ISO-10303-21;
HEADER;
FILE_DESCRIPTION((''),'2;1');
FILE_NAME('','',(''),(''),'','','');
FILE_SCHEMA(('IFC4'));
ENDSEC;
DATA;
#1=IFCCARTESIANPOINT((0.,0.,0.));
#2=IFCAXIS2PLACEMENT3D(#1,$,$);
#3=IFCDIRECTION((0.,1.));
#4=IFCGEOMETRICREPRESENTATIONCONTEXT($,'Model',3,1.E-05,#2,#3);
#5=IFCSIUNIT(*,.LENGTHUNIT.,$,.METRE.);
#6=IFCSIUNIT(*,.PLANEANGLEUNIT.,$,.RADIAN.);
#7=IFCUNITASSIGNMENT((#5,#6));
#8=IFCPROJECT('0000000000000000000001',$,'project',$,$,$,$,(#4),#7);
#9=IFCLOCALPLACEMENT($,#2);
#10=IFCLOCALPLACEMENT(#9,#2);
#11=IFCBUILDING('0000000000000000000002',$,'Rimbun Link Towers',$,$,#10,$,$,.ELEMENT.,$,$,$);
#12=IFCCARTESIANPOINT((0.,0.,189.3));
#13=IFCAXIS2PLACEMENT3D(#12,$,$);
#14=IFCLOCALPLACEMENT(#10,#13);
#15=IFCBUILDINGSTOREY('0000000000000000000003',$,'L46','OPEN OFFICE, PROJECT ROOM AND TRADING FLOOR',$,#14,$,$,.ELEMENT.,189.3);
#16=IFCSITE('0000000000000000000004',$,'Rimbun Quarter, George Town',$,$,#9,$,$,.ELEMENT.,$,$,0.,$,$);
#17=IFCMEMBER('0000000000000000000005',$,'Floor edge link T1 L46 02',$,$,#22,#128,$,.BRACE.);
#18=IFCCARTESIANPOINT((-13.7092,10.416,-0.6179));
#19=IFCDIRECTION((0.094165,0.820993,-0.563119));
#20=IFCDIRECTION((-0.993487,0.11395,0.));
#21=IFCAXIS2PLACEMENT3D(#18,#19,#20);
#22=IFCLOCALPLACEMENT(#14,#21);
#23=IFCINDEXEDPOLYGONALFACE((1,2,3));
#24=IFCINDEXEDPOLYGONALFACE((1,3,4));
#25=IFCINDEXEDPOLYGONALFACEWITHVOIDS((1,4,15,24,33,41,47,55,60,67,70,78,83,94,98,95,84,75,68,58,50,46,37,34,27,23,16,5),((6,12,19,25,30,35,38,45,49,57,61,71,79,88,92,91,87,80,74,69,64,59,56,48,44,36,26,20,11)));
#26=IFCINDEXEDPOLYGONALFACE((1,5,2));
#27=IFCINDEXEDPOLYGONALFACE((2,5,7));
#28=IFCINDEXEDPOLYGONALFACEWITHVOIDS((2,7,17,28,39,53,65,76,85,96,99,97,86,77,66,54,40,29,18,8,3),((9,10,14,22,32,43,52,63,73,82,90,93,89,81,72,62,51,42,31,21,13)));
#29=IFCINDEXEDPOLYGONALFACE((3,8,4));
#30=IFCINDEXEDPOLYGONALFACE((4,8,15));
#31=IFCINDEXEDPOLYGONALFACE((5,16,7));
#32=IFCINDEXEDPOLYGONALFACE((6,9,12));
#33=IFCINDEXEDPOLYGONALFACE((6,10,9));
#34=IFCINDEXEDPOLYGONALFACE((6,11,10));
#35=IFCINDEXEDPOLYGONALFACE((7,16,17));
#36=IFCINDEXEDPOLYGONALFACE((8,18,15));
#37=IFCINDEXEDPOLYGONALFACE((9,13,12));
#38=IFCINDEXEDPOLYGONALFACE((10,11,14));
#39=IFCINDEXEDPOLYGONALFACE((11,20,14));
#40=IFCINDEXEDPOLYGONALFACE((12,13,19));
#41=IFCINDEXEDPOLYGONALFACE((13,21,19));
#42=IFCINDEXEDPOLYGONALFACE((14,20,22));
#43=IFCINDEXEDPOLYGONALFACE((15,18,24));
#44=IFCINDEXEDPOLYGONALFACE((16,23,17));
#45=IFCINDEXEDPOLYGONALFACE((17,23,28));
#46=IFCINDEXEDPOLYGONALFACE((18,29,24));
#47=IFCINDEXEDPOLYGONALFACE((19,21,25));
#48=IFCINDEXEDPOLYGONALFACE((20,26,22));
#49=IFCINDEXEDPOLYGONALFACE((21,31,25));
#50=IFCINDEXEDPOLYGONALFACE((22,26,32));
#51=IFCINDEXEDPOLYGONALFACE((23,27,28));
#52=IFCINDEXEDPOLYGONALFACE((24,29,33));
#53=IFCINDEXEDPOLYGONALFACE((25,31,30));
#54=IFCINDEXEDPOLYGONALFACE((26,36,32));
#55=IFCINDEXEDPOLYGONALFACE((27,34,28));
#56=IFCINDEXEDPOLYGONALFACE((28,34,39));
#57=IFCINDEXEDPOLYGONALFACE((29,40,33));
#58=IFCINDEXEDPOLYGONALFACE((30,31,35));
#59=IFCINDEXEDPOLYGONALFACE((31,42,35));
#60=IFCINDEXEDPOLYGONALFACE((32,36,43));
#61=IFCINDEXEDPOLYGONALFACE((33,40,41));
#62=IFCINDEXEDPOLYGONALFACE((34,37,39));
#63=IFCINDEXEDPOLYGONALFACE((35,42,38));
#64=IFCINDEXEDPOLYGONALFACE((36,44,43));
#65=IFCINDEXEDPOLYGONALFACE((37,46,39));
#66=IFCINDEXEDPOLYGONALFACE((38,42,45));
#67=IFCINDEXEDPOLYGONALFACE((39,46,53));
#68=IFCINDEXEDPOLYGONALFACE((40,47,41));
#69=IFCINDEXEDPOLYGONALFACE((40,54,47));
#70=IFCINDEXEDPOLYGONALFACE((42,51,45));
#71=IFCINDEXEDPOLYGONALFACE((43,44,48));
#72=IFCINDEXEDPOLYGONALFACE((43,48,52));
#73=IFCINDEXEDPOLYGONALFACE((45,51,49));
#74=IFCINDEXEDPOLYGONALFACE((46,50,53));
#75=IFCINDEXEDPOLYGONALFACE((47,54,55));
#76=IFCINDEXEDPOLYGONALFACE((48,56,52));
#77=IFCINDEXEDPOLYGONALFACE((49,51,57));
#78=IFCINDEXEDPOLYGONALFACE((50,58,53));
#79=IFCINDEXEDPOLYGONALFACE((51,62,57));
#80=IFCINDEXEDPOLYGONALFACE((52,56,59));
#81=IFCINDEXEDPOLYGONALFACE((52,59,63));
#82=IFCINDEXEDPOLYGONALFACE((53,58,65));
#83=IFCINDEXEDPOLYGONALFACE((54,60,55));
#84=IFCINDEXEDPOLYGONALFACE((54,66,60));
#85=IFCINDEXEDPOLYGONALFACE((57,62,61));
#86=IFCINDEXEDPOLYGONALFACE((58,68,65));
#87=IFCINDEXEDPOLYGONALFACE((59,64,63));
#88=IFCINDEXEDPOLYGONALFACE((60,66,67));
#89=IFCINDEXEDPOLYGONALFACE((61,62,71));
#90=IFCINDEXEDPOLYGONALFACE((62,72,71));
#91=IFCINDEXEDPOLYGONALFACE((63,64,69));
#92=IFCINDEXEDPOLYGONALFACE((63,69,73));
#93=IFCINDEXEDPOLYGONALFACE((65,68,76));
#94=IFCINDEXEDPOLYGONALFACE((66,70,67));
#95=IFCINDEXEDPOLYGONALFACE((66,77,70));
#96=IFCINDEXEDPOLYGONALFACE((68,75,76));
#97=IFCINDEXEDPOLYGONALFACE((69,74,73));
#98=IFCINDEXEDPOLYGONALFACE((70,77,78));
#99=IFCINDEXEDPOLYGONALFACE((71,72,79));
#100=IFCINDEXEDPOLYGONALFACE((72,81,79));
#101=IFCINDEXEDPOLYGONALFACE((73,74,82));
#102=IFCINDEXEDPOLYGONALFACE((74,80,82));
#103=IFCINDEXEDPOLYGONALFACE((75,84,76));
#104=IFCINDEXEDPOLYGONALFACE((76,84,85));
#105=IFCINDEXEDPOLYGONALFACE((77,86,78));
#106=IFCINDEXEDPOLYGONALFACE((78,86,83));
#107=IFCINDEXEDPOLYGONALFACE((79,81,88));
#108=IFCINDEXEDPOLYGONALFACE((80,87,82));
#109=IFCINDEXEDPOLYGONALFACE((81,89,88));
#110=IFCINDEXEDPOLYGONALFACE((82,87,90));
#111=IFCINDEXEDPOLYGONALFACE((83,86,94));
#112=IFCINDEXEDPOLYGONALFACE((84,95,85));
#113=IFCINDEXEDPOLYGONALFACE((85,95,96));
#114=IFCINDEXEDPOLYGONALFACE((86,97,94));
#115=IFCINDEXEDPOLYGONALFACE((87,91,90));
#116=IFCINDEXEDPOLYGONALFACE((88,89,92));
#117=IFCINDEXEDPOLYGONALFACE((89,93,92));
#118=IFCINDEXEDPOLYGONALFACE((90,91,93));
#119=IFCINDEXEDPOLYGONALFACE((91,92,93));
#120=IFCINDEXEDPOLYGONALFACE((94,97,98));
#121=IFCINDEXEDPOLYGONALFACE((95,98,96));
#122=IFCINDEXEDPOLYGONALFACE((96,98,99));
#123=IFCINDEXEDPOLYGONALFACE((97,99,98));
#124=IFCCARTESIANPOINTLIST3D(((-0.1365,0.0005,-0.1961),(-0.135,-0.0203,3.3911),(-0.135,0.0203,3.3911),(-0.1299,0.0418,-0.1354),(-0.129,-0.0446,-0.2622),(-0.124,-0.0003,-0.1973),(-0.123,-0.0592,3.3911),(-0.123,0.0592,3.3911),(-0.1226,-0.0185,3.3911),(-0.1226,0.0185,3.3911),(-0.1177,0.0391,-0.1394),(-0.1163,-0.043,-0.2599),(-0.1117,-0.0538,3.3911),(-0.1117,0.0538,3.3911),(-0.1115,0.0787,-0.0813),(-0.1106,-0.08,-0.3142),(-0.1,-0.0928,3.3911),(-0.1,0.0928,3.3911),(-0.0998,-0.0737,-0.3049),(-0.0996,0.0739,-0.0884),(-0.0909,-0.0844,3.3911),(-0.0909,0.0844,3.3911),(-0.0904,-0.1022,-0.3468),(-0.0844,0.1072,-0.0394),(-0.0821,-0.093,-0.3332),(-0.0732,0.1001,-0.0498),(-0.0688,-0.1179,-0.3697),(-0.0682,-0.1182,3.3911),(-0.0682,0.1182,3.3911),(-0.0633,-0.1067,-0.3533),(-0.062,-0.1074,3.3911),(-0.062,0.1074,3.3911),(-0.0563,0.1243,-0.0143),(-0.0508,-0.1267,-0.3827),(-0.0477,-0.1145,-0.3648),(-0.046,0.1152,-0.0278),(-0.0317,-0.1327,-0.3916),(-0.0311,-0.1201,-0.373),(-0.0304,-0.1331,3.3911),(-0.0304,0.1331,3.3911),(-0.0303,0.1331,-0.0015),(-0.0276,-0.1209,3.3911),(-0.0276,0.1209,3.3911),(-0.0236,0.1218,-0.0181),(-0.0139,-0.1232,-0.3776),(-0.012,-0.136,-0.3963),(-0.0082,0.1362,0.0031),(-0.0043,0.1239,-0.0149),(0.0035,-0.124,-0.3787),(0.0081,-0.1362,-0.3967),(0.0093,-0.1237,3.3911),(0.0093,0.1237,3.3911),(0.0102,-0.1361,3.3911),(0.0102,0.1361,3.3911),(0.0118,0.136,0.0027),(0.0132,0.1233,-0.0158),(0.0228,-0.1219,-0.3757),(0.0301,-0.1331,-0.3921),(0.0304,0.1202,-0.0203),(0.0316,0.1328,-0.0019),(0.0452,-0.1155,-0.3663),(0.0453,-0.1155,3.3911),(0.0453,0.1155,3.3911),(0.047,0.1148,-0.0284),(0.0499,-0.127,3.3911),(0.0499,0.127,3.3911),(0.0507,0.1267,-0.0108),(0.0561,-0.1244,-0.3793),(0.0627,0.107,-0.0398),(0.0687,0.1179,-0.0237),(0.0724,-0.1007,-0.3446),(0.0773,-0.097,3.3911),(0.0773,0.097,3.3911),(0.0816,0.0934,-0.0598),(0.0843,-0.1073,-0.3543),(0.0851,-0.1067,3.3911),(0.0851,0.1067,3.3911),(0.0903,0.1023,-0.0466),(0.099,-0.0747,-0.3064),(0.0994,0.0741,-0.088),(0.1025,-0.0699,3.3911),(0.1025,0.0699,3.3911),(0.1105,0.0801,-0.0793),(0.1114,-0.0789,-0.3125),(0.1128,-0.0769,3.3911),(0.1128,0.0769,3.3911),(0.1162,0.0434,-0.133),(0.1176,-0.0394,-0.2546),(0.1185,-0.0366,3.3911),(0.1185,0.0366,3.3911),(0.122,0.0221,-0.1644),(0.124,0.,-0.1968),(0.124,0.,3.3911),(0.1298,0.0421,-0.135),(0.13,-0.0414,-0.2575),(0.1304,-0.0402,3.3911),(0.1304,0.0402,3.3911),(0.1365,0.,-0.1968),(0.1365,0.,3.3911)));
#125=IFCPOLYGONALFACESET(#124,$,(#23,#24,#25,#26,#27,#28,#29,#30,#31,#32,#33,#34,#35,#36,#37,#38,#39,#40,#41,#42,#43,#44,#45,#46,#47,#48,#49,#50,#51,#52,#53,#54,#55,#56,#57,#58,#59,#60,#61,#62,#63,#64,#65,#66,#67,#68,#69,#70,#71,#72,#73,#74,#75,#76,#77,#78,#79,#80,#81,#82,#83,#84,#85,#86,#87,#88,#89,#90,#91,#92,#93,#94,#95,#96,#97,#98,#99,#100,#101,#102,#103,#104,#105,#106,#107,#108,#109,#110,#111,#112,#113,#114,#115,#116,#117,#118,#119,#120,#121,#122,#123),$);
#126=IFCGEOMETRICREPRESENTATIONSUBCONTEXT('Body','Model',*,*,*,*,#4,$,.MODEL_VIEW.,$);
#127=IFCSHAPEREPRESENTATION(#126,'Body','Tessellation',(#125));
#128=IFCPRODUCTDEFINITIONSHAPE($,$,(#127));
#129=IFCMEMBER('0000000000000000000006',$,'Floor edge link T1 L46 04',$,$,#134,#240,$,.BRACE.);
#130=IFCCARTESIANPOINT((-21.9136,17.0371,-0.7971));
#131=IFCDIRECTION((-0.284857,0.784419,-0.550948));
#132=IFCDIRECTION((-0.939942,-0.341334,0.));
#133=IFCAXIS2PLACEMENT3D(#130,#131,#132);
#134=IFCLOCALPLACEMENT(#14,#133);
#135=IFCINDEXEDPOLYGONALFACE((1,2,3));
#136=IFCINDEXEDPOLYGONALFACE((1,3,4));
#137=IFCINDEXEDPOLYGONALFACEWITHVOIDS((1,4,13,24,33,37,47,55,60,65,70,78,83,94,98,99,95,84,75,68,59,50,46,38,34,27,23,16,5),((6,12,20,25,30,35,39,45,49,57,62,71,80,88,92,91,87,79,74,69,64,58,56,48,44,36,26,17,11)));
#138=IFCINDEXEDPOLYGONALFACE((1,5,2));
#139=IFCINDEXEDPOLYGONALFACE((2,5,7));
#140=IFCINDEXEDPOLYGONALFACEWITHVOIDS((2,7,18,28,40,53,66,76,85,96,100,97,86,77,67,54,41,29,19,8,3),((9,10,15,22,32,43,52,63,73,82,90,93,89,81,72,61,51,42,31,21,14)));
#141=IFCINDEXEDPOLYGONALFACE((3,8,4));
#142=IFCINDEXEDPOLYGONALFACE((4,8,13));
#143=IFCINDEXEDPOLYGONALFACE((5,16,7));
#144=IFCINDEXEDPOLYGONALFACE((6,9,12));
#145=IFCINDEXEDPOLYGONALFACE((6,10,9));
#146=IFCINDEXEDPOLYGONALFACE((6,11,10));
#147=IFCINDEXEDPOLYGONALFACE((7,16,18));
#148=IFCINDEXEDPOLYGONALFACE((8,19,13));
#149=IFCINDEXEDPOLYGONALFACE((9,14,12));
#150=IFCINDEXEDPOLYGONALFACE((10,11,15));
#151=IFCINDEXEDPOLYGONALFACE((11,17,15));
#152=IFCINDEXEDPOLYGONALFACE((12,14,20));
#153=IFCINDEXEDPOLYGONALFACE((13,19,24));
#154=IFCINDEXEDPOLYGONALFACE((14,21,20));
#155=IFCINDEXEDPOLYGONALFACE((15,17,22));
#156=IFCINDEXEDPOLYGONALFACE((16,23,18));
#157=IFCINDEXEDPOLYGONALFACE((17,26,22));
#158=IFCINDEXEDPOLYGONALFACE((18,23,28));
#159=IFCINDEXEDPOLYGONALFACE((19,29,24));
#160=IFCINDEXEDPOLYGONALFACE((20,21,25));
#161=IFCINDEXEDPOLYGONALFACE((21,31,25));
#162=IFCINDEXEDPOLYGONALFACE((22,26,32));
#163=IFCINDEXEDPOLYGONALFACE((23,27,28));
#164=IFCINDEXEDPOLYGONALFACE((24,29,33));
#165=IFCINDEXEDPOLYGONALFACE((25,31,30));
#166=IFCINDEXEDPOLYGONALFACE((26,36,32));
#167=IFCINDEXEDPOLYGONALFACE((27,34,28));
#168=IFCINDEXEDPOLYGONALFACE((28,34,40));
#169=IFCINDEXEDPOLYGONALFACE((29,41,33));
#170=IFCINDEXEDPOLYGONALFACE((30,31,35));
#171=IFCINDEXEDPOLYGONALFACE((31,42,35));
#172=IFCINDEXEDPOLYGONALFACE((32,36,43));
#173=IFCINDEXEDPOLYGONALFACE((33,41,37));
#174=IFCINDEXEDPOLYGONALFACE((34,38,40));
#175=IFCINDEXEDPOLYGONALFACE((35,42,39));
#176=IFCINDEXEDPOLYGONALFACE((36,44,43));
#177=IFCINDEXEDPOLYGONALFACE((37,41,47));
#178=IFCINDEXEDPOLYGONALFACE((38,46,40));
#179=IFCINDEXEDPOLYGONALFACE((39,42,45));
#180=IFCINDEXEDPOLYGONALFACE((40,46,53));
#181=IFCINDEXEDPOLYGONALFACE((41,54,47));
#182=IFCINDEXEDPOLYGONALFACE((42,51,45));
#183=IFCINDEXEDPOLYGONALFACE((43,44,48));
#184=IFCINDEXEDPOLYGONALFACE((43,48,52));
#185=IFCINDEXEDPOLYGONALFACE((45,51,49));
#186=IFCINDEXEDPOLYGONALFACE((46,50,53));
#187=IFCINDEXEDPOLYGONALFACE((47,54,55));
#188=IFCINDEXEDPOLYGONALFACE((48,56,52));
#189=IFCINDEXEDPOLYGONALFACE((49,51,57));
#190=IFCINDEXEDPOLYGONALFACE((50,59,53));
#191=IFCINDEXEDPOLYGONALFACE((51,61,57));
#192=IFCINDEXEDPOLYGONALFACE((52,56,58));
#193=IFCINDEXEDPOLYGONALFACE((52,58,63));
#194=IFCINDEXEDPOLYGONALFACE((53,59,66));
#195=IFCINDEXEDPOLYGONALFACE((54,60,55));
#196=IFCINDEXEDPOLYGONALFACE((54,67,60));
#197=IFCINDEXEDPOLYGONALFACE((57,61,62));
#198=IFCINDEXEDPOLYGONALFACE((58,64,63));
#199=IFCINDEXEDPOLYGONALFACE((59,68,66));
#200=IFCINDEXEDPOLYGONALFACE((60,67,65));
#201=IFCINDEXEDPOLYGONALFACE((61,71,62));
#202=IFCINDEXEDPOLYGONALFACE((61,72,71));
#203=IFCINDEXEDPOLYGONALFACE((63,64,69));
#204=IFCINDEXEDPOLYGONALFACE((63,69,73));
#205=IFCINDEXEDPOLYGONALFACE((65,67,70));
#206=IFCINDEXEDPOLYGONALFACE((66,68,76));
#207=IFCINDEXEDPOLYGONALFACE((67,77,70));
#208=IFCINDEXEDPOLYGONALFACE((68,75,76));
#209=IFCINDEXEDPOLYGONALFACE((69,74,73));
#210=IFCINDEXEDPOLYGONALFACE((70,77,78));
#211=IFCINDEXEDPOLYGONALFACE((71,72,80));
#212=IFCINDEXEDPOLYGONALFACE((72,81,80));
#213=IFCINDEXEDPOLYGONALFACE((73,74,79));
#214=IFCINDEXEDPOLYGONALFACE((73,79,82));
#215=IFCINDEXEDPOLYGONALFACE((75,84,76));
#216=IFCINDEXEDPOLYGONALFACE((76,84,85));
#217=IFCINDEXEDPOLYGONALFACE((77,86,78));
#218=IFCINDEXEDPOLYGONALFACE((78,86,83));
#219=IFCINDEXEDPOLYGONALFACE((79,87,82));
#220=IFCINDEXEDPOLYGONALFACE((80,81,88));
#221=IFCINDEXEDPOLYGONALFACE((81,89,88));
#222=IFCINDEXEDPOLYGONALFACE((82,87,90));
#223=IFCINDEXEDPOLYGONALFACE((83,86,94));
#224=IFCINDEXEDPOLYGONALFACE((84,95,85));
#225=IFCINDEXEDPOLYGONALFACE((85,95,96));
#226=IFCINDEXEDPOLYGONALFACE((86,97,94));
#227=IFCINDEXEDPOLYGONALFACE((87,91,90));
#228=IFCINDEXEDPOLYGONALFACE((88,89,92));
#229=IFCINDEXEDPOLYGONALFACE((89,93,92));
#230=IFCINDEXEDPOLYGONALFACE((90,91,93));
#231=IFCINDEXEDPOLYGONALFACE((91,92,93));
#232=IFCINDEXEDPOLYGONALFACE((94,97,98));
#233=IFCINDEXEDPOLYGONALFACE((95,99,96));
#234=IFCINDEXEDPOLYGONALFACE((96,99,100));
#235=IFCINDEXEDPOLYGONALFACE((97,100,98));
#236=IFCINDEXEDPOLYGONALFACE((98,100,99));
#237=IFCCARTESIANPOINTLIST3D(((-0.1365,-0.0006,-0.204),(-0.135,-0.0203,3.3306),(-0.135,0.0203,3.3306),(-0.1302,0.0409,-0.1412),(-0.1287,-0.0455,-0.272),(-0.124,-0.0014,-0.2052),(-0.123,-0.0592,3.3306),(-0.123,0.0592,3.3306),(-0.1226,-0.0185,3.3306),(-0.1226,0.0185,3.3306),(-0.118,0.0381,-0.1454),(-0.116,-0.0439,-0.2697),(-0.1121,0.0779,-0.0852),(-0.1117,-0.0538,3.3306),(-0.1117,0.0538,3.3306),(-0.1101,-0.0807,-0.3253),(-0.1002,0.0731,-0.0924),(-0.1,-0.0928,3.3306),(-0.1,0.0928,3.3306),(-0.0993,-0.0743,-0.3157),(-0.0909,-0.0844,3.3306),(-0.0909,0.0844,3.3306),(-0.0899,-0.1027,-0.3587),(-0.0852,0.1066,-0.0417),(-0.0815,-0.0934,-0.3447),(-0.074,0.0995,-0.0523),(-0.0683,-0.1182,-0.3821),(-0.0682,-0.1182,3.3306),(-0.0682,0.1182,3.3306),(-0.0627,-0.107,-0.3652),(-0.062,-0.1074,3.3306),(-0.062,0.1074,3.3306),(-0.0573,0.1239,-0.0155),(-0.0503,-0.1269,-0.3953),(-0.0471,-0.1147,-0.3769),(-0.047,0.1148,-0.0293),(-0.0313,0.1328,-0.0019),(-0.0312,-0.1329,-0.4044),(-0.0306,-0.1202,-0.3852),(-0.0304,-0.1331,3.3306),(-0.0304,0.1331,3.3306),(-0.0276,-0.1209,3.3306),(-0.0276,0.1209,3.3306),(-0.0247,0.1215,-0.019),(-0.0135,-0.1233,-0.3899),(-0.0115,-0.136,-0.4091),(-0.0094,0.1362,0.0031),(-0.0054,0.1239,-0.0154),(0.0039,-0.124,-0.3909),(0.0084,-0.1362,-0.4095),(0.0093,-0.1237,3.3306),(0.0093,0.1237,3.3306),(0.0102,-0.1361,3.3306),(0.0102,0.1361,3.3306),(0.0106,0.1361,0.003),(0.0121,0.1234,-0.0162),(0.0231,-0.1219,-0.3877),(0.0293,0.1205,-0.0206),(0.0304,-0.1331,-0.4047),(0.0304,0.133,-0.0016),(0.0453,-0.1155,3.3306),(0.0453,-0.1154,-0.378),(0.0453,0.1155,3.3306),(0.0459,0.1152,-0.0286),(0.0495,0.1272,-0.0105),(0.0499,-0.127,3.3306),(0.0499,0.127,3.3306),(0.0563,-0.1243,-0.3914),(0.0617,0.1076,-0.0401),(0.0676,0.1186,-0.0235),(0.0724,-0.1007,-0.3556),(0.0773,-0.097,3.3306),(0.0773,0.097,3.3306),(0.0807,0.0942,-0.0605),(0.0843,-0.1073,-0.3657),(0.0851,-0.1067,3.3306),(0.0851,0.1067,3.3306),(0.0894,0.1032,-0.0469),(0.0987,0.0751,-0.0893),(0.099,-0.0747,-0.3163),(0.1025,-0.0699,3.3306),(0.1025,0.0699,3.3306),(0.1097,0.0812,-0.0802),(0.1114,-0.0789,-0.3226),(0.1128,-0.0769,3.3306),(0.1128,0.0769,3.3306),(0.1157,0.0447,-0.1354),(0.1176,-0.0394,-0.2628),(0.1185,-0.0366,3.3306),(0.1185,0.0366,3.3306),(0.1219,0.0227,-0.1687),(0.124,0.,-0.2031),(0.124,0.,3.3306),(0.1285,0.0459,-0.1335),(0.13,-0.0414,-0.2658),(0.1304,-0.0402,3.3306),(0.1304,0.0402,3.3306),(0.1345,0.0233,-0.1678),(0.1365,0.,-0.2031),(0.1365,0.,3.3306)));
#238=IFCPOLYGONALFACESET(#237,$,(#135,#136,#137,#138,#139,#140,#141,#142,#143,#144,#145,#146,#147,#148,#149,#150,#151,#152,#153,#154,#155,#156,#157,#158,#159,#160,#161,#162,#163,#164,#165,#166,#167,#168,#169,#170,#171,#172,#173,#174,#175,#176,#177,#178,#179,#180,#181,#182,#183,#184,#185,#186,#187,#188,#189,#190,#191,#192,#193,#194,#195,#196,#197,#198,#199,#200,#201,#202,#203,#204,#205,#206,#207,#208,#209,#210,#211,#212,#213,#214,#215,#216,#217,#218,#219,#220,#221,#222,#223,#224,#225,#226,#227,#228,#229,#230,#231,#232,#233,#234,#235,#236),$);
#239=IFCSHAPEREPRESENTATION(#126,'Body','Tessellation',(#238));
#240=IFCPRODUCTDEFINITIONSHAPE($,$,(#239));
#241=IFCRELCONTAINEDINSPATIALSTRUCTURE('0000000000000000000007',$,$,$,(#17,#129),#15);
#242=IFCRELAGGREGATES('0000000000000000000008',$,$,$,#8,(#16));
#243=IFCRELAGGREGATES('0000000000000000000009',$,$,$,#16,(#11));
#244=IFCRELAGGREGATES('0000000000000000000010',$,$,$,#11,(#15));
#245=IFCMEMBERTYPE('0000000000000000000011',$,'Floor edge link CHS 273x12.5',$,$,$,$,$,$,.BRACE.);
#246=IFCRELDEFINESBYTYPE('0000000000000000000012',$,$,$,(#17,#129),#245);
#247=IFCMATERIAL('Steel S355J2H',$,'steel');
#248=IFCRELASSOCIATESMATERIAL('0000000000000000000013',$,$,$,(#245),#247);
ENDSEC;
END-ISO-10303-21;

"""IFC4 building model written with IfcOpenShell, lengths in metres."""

from ifc_helpers import new_model, si_unit, direction, frame, origin, origin_2d, place, context, subcontext, project, spatial, hollow_circle, extrude, clip, halfspace, material, material_profile, profile_set, type_object, element, save


model = new_model("IFC4")

# Units and contexts
model_context = context("Model", 3, precision=1e-05, world=origin(), true_north=direction((0.0, 1.0)))
body_context = subcontext(model_context, "Body", "Model", "MODEL_VIEW")
ifc_project = project(units=[si_unit("LENGTHUNIT", "METRE"), si_unit("PLANEANGLEUNIT", "RADIAN")], contexts=[model_context])

# Site, building, storey
site_placement = place(None, origin())
site = spatial("IfcSite", under=ifc_project, at=site_placement, Name="Rimbun Quarter, George Town", CompositionType="ELEMENT", RefElevation=0.0)
building_placement = place(site_placement, origin())
building = spatial("IfcBuilding", under=site, at=building_placement, Name="Rimbun Link Towers", CompositionType="ELEMENT")
storey_placement = place(building_placement, frame((0.0, 0.0, 189.3)))
storey = spatial("IfcBuildingStorey", under=building, at=storey_placement, Name="L46", Description="OPEN OFFICE, PROJECT ROOM AND TRADING FLOOR", CompositionType="ELEMENT", Elevation=189.3)

# Members
ifc_material_1 = material(Name="Steel S355J2H", Category="steel")
ifc_material_profile_1 = material_profile(ifc_material_1, hollow_circle(Radius=0.1365, WallThickness=0.0125, at=origin_2d()), Name="CHS 273x12.5")
ifc_profile_set_1 = profile_set([ifc_material_profile_1], Name="Steel S355J2H")
member_type_1 = type_object("IfcMemberType", Name="Floor edge link CHS 273x12.5", PredefinedType="BRACE", material=ifc_profile_set_1)
member_1_placement = place(storey_placement, frame((-13.7092, 10.416, -0.6179), z_axis=(0.094165, 0.820993, -0.563119), x_axis=(-0.993487, 0.11395, 0.0)))
element("IfcMember", 1, at=member_1_placement, inside=storey, type_object=member_type_1, Name="Floor edge link T1 L46 02", PredefinedType="BRACE", context=body_context, shape_type="Clipping", body=[
    clip(extrude(hollow_circle(Radius=0.1365, WallThickness=0.0125, at=origin_2d()), frame((0.0, 0.0, -0.4185)), (0.0, 0.0, 1.0), 3.8096), halfspace(frame((0.0, 0.0, -0.1968), z_axis=(0.0, 0.826376, -0.563119)), False)),
])
member_2_placement = place(storey_placement, frame((-21.9136, 17.0371, -0.7971), z_axis=(-0.284857, 0.784419, -0.550948), x_axis=(-0.939942, -0.341334, 0.0)))
element("IfcMember", 2, at=member_2_placement, inside=storey, type_object=member_type_1, Name="Floor edge link T1 L46 04", PredefinedType="BRACE", context=body_context, shape_type="Clipping", body=[
    clip(extrude(hollow_circle(Radius=0.1365, WallThickness=0.0125, at=origin_2d()), frame((0.0, 0.0, -0.4316)), (0.0, 0.0, 1.0), 3.7622), halfspace(frame((0.0, 0.0, -0.2031), z_axis=(0.0, 0.83454, -0.550948)), False)),
])

save(model, "model.ifc")
